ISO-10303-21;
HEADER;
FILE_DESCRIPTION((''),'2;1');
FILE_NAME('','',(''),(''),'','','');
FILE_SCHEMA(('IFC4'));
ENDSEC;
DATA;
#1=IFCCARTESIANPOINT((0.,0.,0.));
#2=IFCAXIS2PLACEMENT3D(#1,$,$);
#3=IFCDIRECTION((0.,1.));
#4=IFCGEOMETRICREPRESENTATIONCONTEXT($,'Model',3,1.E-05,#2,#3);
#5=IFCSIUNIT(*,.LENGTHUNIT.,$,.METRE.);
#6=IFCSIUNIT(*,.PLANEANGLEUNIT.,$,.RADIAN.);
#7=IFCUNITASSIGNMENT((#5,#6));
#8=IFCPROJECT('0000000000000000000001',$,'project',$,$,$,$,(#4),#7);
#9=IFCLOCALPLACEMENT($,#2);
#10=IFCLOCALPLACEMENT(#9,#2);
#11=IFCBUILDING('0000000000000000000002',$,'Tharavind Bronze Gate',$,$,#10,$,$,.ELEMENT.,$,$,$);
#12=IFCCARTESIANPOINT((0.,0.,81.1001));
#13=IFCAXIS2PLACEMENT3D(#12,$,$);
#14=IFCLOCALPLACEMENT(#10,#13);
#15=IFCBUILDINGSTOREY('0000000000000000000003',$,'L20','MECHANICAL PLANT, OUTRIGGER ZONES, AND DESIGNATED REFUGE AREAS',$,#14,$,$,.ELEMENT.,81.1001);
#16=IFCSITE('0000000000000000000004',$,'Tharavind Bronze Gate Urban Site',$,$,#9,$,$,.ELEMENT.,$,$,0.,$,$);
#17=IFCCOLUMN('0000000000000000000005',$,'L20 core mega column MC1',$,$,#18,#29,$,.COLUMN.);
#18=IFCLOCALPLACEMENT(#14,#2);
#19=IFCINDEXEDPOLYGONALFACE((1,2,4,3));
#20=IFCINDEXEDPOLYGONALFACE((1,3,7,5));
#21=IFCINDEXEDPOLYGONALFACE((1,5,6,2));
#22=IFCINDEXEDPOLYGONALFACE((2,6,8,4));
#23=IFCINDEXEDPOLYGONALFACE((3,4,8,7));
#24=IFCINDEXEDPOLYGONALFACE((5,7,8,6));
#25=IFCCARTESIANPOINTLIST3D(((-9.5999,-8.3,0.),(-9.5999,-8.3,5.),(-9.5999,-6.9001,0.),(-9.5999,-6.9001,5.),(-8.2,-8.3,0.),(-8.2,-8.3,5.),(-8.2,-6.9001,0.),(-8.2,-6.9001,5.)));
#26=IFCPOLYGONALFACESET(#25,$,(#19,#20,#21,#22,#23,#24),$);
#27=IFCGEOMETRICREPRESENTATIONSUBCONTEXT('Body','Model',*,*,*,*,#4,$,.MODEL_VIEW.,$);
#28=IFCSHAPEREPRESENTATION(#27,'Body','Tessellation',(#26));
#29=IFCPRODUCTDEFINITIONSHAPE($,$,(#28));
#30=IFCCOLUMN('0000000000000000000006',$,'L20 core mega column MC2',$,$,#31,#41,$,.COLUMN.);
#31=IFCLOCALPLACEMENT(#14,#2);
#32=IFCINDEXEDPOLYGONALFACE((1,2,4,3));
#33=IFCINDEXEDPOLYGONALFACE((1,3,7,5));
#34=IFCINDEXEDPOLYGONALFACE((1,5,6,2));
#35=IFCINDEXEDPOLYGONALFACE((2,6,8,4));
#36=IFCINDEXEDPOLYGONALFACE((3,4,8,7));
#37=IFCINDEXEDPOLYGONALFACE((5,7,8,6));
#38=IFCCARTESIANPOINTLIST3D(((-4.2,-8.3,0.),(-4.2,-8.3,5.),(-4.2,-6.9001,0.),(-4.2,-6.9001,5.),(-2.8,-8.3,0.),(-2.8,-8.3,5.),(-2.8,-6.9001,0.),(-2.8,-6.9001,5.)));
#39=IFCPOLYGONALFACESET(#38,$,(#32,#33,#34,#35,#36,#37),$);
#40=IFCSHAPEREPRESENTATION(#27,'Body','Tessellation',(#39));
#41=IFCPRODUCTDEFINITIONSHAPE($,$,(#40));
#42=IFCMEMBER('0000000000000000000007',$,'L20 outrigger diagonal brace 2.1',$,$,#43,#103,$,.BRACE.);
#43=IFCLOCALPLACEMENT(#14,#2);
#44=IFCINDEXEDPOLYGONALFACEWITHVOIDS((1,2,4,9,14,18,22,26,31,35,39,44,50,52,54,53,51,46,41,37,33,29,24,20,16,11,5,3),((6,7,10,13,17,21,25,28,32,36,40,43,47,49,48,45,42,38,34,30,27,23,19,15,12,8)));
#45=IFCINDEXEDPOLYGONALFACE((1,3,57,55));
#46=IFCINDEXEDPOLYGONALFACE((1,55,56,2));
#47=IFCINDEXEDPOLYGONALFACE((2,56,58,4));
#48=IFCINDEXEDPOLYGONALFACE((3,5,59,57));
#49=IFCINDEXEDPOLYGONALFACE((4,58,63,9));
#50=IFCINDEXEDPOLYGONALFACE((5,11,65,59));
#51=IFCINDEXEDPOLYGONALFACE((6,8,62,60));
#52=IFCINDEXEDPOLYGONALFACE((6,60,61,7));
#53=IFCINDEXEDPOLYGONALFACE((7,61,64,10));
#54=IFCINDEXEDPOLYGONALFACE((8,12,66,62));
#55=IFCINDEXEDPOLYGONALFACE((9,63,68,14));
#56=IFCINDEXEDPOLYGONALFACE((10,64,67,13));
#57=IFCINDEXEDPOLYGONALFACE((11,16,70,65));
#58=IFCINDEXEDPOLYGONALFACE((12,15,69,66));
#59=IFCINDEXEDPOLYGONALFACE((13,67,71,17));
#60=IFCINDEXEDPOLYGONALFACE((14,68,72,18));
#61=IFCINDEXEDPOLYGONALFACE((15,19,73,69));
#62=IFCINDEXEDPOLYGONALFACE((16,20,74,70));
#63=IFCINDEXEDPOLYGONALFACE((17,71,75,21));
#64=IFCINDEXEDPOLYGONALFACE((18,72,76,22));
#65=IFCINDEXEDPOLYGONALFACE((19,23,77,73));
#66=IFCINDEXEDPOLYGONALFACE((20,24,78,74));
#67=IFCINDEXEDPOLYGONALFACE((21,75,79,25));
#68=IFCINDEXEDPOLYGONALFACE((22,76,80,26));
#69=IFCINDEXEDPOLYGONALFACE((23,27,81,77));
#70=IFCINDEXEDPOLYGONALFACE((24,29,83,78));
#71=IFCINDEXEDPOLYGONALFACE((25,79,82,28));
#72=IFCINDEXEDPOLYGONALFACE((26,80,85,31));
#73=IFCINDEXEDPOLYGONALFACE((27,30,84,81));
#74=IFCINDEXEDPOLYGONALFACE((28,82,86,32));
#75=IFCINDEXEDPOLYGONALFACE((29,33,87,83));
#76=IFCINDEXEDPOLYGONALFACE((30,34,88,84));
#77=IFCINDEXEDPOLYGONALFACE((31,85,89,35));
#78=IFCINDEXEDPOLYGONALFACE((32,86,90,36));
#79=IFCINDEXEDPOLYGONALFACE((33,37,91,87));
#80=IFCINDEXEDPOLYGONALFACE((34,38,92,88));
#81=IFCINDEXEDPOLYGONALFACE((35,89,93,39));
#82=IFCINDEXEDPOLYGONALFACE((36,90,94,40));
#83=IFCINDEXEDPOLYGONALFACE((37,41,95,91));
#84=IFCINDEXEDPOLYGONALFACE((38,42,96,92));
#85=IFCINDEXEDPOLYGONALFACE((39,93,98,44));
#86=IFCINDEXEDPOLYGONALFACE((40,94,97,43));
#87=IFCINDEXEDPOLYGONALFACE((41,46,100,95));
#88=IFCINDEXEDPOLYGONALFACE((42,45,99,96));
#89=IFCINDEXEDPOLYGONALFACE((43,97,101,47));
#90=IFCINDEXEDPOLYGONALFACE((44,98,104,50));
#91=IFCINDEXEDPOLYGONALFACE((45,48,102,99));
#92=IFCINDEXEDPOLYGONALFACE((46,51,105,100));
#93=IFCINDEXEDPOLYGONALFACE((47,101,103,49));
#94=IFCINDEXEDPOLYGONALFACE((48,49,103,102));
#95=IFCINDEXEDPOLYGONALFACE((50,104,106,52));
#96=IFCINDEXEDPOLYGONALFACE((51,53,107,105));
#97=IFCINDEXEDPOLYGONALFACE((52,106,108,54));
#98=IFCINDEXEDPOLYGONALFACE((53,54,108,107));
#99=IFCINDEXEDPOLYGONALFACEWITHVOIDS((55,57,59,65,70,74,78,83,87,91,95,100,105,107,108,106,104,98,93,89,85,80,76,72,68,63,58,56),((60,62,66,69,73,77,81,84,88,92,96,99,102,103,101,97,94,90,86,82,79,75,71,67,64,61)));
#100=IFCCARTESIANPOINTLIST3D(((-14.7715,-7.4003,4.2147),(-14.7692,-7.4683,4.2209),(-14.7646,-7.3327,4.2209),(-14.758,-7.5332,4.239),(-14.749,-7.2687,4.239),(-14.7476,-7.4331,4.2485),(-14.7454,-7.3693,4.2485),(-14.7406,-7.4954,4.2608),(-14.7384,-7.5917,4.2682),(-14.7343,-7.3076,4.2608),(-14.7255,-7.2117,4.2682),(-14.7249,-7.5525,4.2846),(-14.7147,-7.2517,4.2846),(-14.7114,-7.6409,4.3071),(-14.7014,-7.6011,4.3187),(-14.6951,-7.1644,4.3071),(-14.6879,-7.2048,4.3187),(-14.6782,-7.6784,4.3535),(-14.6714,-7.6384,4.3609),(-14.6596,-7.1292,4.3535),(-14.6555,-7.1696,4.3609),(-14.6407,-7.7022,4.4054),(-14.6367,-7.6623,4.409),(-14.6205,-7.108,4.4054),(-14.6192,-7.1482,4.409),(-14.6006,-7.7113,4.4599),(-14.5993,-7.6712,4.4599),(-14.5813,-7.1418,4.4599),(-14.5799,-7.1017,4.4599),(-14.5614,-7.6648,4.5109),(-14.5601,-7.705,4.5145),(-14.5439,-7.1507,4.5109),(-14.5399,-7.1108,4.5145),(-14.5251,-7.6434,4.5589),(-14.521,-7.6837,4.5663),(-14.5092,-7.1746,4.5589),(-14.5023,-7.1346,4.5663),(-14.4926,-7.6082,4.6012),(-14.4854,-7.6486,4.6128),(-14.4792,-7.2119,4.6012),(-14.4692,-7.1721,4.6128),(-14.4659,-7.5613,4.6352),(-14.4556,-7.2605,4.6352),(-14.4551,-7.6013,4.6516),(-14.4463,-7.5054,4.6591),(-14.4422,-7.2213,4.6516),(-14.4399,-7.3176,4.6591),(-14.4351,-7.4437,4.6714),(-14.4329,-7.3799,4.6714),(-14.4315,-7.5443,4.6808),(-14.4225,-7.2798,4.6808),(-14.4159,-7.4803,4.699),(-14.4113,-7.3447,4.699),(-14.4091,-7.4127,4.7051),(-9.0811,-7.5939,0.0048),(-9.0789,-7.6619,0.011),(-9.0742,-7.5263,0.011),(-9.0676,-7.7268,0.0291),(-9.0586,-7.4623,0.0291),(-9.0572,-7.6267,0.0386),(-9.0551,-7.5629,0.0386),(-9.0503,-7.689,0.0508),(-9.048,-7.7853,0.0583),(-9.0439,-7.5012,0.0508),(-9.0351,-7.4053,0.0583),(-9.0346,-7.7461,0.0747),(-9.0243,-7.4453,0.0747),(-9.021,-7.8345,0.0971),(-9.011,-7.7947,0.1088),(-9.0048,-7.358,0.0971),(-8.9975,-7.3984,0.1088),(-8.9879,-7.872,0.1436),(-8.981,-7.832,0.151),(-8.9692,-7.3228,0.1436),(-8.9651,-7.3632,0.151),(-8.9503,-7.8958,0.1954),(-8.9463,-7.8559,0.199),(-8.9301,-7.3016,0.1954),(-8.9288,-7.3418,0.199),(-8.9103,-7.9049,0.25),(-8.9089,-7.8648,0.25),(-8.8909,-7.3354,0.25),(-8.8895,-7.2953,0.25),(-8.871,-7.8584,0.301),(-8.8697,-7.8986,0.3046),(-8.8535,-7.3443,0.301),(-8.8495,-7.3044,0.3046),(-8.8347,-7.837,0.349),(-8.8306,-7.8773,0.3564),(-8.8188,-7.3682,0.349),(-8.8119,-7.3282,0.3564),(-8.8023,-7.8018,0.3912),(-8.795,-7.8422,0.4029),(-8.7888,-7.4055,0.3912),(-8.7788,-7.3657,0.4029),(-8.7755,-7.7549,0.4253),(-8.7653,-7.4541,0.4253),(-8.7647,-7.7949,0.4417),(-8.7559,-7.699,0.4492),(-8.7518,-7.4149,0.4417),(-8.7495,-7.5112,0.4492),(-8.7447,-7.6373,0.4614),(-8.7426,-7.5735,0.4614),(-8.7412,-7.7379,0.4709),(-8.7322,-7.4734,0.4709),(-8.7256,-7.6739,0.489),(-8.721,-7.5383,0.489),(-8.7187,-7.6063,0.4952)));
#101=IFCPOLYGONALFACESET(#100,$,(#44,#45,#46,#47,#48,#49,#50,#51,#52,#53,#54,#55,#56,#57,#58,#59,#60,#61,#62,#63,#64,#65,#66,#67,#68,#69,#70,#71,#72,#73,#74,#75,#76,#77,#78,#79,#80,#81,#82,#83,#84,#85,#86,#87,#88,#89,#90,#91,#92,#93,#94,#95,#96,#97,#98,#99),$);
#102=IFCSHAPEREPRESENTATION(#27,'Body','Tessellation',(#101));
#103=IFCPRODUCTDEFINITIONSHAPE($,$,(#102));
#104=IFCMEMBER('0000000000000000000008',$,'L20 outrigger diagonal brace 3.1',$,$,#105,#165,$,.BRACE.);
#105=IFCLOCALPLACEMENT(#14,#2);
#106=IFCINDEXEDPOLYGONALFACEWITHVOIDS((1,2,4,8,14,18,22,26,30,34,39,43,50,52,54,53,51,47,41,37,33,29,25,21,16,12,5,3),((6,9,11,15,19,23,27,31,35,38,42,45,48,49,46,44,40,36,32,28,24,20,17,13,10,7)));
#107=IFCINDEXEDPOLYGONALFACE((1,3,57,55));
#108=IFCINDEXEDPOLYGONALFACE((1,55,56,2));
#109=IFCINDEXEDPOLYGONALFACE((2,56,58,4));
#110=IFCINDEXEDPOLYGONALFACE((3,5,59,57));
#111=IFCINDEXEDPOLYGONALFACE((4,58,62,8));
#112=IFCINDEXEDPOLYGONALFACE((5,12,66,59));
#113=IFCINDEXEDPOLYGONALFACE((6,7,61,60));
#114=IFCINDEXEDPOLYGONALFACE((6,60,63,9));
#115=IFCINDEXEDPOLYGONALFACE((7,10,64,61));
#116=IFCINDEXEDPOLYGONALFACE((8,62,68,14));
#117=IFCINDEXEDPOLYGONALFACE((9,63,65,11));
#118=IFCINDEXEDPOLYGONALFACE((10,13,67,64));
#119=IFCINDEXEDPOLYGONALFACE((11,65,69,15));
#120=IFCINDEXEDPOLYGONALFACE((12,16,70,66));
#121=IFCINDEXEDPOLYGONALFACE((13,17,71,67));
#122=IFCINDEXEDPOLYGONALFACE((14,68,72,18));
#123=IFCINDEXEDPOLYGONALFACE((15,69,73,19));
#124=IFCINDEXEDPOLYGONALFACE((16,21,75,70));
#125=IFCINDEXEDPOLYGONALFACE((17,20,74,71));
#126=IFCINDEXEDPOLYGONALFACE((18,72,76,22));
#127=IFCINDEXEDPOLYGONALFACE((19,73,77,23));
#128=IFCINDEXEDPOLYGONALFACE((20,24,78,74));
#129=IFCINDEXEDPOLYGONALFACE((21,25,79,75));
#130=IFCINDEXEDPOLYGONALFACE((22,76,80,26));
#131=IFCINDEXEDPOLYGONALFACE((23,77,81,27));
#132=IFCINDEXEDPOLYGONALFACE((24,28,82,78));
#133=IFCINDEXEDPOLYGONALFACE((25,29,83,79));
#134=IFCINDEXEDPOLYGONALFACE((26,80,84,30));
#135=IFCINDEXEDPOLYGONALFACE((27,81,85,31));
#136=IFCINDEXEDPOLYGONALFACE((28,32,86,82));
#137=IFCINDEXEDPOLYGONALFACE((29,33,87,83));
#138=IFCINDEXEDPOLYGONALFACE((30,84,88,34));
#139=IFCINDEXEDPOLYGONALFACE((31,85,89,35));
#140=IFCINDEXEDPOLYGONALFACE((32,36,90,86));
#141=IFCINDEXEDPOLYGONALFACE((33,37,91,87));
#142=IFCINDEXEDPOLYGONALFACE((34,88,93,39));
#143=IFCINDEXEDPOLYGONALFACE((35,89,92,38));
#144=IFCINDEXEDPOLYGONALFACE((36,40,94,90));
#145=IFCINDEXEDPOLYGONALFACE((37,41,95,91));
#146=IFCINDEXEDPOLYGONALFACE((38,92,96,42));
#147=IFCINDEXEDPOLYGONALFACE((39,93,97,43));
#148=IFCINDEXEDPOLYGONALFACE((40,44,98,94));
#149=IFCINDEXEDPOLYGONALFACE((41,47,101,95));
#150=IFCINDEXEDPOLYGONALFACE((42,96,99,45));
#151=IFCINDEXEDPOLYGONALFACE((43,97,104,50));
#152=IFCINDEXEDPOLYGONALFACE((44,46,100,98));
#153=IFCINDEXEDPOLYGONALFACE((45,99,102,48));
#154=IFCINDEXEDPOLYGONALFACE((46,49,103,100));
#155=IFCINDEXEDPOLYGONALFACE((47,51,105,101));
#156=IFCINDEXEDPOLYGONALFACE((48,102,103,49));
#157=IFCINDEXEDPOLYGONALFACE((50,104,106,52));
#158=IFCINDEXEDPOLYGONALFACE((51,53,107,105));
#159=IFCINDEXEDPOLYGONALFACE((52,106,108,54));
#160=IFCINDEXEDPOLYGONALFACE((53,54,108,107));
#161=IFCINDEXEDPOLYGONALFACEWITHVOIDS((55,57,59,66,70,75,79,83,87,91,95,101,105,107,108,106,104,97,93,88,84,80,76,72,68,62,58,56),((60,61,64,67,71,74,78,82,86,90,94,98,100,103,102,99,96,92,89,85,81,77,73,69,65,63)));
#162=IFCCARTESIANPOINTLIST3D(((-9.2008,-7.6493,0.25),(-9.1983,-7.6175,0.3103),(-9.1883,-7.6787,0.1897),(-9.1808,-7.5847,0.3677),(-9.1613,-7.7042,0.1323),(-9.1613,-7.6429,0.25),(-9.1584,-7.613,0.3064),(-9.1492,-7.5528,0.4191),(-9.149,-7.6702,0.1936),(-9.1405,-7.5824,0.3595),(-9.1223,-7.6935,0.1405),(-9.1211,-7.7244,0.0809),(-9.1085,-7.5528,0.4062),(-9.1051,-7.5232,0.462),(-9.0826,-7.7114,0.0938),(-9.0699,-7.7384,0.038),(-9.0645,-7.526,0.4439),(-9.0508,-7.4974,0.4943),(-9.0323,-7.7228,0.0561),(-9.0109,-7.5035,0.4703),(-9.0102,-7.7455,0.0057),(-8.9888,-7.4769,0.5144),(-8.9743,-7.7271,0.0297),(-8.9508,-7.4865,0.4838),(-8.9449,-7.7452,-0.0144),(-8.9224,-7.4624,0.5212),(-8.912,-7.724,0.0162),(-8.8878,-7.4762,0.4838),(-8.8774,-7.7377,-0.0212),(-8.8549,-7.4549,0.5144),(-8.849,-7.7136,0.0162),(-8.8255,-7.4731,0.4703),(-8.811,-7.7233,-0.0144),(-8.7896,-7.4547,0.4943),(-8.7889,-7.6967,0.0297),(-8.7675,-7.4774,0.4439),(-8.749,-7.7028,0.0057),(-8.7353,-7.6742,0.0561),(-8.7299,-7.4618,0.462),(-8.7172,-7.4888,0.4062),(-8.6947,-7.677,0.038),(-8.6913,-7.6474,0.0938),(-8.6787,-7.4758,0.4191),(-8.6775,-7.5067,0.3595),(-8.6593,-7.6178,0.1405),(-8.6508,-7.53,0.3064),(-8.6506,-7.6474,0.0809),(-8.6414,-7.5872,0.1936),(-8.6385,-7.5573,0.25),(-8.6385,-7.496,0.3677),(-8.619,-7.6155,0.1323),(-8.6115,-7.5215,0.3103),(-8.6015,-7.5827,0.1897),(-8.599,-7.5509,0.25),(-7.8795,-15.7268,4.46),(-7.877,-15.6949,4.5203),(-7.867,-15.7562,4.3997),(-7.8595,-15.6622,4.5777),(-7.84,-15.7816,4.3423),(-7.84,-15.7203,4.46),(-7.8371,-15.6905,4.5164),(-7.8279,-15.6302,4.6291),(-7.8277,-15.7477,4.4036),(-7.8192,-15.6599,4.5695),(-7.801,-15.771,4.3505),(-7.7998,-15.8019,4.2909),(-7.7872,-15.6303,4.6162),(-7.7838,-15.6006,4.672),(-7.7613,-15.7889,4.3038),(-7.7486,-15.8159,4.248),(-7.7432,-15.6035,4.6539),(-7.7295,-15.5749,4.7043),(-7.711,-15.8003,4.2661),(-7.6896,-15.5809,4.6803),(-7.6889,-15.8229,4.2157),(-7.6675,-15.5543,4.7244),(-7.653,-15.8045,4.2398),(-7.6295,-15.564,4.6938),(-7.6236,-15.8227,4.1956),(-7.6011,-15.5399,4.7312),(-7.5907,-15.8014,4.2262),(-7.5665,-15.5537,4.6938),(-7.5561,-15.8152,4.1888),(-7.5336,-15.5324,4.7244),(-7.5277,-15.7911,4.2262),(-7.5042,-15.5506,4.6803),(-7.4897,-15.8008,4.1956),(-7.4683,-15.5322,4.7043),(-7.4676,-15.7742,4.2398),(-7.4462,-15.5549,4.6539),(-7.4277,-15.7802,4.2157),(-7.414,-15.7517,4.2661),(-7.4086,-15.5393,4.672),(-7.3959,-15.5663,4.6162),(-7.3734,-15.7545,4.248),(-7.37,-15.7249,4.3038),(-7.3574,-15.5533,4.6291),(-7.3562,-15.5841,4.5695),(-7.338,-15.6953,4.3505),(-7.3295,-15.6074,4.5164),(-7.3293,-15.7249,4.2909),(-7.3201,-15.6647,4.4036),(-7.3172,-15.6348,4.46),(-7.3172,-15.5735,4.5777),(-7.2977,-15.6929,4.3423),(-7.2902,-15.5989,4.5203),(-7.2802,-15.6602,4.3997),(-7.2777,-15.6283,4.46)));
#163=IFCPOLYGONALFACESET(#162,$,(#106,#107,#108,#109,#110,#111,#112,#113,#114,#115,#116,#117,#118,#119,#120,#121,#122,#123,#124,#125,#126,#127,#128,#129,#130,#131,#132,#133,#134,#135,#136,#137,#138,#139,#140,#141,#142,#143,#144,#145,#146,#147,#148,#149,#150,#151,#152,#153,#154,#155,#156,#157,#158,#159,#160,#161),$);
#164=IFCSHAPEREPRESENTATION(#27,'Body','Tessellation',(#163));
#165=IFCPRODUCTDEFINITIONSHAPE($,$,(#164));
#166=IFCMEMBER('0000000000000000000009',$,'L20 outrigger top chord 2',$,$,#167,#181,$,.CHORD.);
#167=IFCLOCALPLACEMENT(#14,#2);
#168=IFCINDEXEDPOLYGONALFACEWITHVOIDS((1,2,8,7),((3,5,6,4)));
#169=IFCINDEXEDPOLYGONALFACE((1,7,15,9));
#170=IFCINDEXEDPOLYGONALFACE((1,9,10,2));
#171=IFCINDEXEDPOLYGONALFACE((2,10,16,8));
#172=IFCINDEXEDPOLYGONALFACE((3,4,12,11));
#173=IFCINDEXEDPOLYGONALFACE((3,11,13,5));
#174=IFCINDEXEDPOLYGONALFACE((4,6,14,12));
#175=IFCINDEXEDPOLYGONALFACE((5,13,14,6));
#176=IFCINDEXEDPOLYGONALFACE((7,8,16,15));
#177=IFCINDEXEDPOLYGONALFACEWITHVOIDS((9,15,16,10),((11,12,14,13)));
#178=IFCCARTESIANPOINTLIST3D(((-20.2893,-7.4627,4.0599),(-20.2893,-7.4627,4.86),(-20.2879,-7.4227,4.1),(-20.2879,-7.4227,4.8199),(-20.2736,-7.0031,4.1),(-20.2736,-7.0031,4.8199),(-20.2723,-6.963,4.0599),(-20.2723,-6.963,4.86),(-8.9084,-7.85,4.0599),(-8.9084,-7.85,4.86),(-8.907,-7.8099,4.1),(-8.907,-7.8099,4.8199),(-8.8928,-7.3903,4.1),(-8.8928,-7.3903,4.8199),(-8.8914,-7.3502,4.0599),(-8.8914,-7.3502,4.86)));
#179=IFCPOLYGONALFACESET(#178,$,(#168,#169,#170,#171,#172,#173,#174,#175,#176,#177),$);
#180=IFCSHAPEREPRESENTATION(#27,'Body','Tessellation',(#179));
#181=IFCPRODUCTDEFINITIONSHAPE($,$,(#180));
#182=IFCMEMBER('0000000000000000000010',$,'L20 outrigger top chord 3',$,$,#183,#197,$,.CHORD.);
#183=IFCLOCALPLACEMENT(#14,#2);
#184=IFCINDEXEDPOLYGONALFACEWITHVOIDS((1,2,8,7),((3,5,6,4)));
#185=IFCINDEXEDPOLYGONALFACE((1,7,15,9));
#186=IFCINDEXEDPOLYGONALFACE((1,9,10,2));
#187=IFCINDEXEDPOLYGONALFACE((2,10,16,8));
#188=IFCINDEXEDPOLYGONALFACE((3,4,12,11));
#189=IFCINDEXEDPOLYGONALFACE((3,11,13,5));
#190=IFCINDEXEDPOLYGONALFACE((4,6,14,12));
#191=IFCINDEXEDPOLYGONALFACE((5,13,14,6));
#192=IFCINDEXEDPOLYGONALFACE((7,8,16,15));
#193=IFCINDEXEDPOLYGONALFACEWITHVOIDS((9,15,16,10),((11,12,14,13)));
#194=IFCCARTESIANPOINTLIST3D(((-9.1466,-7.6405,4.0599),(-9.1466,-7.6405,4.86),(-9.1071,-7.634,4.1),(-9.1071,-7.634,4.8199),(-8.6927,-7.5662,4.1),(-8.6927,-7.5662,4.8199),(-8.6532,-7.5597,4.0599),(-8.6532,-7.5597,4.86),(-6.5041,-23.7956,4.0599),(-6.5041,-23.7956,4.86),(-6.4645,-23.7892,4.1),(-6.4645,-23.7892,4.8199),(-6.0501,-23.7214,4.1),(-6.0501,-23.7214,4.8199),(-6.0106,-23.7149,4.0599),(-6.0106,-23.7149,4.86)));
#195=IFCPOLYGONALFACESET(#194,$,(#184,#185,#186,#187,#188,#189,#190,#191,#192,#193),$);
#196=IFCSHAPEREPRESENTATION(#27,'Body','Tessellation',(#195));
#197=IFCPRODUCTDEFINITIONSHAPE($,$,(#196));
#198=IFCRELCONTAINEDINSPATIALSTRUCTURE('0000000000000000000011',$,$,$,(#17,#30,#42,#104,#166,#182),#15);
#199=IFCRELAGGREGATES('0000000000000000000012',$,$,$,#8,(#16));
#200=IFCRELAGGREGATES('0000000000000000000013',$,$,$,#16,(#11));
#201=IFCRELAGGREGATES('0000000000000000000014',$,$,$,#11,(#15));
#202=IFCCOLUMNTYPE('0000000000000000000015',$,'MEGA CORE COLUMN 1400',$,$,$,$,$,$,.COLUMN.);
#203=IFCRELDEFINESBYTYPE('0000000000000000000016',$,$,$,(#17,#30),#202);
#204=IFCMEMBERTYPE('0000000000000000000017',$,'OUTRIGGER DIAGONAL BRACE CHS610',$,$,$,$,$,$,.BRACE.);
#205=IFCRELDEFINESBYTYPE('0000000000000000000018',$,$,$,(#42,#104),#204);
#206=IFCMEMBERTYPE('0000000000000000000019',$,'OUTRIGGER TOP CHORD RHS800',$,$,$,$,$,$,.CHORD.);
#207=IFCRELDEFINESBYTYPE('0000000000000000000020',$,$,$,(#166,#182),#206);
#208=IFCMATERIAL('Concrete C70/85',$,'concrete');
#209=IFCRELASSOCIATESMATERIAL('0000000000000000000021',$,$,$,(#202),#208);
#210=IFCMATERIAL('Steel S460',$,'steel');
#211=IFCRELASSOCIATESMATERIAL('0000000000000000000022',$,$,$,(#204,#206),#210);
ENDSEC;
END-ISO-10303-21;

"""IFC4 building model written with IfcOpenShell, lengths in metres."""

from ifc_helpers import new_model, si_unit, direction, frame, origin, origin_2d, place, context, subcontext, project, spatial, rectangle, hollow_rectangle, hollow_circle, extrude, material, material_profile, profile_set, type_object, element, save


model = new_model("IFC4")

# Units and contexts
model_context = context("Model", 3, precision=1e-05, world=origin(), true_north=direction((0.0, 1.0)))
body_context = subcontext(model_context, "Body", "Model", "MODEL_VIEW")
ifc_project = project(units=[si_unit("LENGTHUNIT", "METRE"), si_unit("PLANEANGLEUNIT", "RADIAN")], contexts=[model_context])

# Site, building, storey
site_placement = place(None, origin())
site = spatial("IfcSite", under=ifc_project, at=site_placement, Name="Tharavind Bronze Gate Urban Site", CompositionType="ELEMENT", RefElevation=0.0)
building_placement = place(site_placement, origin())
building = spatial("IfcBuilding", under=site, at=building_placement, Name="Tharavind Bronze Gate", CompositionType="ELEMENT")
storey_placement = place(building_placement, frame((0.0, 0.0, 81.1001)))
storey = spatial("IfcBuildingStorey", under=building, at=storey_placement, Name="L20", Description="MECHANICAL PLANT, OUTRIGGER ZONES, AND DESIGNATED REFUGE AREAS", CompositionType="ELEMENT", Elevation=81.1001)

# Columns
ifc_material_1 = material(Name="Concrete C70/85", Category="concrete")
ifc_material_profile_1 = material_profile(ifc_material_1, rectangle(XDim=1.3999, YDim=1.3999, at=origin_2d()), Name="RCCOL1400")
ifc_profile_set_1 = profile_set([ifc_material_profile_1], Name="Concrete C70/85")
column_type = type_object("IfcColumnType", Name="MEGA CORE COLUMN 1400", PredefinedType="COLUMN", material=ifc_profile_set_1)
for number, where, z_axis, x_axis, name in (
    (1, (-8.8999, -7.6001, 0.0), (0.0, 0.0, 1.0), (1.0, 0.0, 0.0), "L20 core mega column MC1"),
    (2, (-3.5, -7.6001, 0.0), (0.0, 0.0, 1.0), (1.0, 0.0, 0.0), "L20 core mega column MC2"),
):
    element("IfcColumn", number, at=place(storey_placement, frame(where, z_axis=z_axis, x_axis=x_axis)), inside=storey, type_object=column_type, Name=name, PredefinedType="COLUMN", context=body_context, shape_type="SweptSolid", body=[
        extrude(rectangle(XDim=1.3999, YDim=1.3999, at=origin_2d()), origin(), (0.0, 0.0, 1.0), 5.0),
    ])

# Members
ifc_material_2 = material(Name="Steel S460", Category="steel")
ifc_material_profile_2 = material_profile(ifc_material_2, hollow_circle(Radius=0.3049, WallThickness=0.04, at=origin_2d()), Name="CHS610X40")
ifc_profile_set_2 = profile_set([ifc_material_profile_2], Name="Steel S460")
member_type_1 = type_object("IfcMemberType", Name="OUTRIGGER DIAGONAL BRACE CHS610", PredefinedType="BRACE", material=ifc_profile_set_2)
member_1_placement = place(storey_placement, frame((-8.8999, -7.6001, 0.25), z_axis=(-0.803606, 0.027341, 0.594533), x_axis=(-0.034003, -0.999422, 0.0)))
element("IfcMember", 3, at=member_1_placement, inside=storey, type_object=member_type_1, Name="L20 outrigger diagonal brace 2.1", PredefinedType="BRACE", context=body_context, shape_type="SweptSolid", body=[
    extrude(hollow_circle(Radius=0.3049, WallThickness=0.04, at=origin_2d()), origin(), (0.0, 0.0, 1.0), 7.0811),
])
member_2_placement = place(storey_placement, frame((-8.8999, -7.6001, 0.25), z_axis=(0.143556, -0.877595, 0.457405), x_axis=(0.986884, 0.161433, 0.0)))
element("IfcMember", 4, at=member_2_placement, inside=storey, type_object=member_type_1, Name="L20 outrigger diagonal brace 3.1", PredefinedType="BRACE", context=body_context, shape_type="SweptSolid", body=[
    extrude(hollow_circle(Radius=0.3049, WallThickness=0.04, at=origin_2d()), origin(), (0.0, 0.0, 1.0), 9.2041),
])
ifc_material_profile_3 = material_profile(ifc_material_2, hollow_rectangle(XDim=0.5, YDim=0.8, WallThickness=0.04, at=origin_2d()), Name="RHS800X500X40")
ifc_profile_set_3 = profile_set([ifc_material_profile_3], Name="Steel S460")
member_type_2 = type_object("IfcMemberType", Name="OUTRIGGER TOP CHORD RHS800", PredefinedType="CHORD", material=ifc_profile_set_3)
member_3_placement = place(storey_placement, frame((-8.8999, -7.6001, 4.46), z_axis=(-0.999422, 0.034003, 0.0), x_axis=(-0.034003, -0.999422, 0.0)))
element("IfcMember", 5, at=member_3_placement, inside=storey, type_object=member_type_2, Name="L20 outrigger top chord 2", PredefinedType="CHORD", context=body_context, shape_type="SweptSolid", body=[
    extrude(hollow_rectangle(XDim=0.5, YDim=0.8, WallThickness=0.04, at=origin_2d()), origin(), (0.0, 0.0, 1.0), 11.3875),
])
member_4_placement = place(storey_placement, frame((-8.8999, -7.6001, 4.46), z_axis=(0.161428, -0.986884, 0.0), x_axis=(0.986884, 0.161428, 0.0)))
element("IfcMember", 6, at=member_4_placement, inside=storey, type_object=member_type_2, Name="L20 outrigger top chord 3", PredefinedType="CHORD", context=body_context, shape_type="SweptSolid", body=[
    extrude(hollow_rectangle(XDim=0.5, YDim=0.8, WallThickness=0.04, at=origin_2d()), origin(), (0.0, 0.0, 1.0), 16.3699),
])

save(model, "model.ifc")
